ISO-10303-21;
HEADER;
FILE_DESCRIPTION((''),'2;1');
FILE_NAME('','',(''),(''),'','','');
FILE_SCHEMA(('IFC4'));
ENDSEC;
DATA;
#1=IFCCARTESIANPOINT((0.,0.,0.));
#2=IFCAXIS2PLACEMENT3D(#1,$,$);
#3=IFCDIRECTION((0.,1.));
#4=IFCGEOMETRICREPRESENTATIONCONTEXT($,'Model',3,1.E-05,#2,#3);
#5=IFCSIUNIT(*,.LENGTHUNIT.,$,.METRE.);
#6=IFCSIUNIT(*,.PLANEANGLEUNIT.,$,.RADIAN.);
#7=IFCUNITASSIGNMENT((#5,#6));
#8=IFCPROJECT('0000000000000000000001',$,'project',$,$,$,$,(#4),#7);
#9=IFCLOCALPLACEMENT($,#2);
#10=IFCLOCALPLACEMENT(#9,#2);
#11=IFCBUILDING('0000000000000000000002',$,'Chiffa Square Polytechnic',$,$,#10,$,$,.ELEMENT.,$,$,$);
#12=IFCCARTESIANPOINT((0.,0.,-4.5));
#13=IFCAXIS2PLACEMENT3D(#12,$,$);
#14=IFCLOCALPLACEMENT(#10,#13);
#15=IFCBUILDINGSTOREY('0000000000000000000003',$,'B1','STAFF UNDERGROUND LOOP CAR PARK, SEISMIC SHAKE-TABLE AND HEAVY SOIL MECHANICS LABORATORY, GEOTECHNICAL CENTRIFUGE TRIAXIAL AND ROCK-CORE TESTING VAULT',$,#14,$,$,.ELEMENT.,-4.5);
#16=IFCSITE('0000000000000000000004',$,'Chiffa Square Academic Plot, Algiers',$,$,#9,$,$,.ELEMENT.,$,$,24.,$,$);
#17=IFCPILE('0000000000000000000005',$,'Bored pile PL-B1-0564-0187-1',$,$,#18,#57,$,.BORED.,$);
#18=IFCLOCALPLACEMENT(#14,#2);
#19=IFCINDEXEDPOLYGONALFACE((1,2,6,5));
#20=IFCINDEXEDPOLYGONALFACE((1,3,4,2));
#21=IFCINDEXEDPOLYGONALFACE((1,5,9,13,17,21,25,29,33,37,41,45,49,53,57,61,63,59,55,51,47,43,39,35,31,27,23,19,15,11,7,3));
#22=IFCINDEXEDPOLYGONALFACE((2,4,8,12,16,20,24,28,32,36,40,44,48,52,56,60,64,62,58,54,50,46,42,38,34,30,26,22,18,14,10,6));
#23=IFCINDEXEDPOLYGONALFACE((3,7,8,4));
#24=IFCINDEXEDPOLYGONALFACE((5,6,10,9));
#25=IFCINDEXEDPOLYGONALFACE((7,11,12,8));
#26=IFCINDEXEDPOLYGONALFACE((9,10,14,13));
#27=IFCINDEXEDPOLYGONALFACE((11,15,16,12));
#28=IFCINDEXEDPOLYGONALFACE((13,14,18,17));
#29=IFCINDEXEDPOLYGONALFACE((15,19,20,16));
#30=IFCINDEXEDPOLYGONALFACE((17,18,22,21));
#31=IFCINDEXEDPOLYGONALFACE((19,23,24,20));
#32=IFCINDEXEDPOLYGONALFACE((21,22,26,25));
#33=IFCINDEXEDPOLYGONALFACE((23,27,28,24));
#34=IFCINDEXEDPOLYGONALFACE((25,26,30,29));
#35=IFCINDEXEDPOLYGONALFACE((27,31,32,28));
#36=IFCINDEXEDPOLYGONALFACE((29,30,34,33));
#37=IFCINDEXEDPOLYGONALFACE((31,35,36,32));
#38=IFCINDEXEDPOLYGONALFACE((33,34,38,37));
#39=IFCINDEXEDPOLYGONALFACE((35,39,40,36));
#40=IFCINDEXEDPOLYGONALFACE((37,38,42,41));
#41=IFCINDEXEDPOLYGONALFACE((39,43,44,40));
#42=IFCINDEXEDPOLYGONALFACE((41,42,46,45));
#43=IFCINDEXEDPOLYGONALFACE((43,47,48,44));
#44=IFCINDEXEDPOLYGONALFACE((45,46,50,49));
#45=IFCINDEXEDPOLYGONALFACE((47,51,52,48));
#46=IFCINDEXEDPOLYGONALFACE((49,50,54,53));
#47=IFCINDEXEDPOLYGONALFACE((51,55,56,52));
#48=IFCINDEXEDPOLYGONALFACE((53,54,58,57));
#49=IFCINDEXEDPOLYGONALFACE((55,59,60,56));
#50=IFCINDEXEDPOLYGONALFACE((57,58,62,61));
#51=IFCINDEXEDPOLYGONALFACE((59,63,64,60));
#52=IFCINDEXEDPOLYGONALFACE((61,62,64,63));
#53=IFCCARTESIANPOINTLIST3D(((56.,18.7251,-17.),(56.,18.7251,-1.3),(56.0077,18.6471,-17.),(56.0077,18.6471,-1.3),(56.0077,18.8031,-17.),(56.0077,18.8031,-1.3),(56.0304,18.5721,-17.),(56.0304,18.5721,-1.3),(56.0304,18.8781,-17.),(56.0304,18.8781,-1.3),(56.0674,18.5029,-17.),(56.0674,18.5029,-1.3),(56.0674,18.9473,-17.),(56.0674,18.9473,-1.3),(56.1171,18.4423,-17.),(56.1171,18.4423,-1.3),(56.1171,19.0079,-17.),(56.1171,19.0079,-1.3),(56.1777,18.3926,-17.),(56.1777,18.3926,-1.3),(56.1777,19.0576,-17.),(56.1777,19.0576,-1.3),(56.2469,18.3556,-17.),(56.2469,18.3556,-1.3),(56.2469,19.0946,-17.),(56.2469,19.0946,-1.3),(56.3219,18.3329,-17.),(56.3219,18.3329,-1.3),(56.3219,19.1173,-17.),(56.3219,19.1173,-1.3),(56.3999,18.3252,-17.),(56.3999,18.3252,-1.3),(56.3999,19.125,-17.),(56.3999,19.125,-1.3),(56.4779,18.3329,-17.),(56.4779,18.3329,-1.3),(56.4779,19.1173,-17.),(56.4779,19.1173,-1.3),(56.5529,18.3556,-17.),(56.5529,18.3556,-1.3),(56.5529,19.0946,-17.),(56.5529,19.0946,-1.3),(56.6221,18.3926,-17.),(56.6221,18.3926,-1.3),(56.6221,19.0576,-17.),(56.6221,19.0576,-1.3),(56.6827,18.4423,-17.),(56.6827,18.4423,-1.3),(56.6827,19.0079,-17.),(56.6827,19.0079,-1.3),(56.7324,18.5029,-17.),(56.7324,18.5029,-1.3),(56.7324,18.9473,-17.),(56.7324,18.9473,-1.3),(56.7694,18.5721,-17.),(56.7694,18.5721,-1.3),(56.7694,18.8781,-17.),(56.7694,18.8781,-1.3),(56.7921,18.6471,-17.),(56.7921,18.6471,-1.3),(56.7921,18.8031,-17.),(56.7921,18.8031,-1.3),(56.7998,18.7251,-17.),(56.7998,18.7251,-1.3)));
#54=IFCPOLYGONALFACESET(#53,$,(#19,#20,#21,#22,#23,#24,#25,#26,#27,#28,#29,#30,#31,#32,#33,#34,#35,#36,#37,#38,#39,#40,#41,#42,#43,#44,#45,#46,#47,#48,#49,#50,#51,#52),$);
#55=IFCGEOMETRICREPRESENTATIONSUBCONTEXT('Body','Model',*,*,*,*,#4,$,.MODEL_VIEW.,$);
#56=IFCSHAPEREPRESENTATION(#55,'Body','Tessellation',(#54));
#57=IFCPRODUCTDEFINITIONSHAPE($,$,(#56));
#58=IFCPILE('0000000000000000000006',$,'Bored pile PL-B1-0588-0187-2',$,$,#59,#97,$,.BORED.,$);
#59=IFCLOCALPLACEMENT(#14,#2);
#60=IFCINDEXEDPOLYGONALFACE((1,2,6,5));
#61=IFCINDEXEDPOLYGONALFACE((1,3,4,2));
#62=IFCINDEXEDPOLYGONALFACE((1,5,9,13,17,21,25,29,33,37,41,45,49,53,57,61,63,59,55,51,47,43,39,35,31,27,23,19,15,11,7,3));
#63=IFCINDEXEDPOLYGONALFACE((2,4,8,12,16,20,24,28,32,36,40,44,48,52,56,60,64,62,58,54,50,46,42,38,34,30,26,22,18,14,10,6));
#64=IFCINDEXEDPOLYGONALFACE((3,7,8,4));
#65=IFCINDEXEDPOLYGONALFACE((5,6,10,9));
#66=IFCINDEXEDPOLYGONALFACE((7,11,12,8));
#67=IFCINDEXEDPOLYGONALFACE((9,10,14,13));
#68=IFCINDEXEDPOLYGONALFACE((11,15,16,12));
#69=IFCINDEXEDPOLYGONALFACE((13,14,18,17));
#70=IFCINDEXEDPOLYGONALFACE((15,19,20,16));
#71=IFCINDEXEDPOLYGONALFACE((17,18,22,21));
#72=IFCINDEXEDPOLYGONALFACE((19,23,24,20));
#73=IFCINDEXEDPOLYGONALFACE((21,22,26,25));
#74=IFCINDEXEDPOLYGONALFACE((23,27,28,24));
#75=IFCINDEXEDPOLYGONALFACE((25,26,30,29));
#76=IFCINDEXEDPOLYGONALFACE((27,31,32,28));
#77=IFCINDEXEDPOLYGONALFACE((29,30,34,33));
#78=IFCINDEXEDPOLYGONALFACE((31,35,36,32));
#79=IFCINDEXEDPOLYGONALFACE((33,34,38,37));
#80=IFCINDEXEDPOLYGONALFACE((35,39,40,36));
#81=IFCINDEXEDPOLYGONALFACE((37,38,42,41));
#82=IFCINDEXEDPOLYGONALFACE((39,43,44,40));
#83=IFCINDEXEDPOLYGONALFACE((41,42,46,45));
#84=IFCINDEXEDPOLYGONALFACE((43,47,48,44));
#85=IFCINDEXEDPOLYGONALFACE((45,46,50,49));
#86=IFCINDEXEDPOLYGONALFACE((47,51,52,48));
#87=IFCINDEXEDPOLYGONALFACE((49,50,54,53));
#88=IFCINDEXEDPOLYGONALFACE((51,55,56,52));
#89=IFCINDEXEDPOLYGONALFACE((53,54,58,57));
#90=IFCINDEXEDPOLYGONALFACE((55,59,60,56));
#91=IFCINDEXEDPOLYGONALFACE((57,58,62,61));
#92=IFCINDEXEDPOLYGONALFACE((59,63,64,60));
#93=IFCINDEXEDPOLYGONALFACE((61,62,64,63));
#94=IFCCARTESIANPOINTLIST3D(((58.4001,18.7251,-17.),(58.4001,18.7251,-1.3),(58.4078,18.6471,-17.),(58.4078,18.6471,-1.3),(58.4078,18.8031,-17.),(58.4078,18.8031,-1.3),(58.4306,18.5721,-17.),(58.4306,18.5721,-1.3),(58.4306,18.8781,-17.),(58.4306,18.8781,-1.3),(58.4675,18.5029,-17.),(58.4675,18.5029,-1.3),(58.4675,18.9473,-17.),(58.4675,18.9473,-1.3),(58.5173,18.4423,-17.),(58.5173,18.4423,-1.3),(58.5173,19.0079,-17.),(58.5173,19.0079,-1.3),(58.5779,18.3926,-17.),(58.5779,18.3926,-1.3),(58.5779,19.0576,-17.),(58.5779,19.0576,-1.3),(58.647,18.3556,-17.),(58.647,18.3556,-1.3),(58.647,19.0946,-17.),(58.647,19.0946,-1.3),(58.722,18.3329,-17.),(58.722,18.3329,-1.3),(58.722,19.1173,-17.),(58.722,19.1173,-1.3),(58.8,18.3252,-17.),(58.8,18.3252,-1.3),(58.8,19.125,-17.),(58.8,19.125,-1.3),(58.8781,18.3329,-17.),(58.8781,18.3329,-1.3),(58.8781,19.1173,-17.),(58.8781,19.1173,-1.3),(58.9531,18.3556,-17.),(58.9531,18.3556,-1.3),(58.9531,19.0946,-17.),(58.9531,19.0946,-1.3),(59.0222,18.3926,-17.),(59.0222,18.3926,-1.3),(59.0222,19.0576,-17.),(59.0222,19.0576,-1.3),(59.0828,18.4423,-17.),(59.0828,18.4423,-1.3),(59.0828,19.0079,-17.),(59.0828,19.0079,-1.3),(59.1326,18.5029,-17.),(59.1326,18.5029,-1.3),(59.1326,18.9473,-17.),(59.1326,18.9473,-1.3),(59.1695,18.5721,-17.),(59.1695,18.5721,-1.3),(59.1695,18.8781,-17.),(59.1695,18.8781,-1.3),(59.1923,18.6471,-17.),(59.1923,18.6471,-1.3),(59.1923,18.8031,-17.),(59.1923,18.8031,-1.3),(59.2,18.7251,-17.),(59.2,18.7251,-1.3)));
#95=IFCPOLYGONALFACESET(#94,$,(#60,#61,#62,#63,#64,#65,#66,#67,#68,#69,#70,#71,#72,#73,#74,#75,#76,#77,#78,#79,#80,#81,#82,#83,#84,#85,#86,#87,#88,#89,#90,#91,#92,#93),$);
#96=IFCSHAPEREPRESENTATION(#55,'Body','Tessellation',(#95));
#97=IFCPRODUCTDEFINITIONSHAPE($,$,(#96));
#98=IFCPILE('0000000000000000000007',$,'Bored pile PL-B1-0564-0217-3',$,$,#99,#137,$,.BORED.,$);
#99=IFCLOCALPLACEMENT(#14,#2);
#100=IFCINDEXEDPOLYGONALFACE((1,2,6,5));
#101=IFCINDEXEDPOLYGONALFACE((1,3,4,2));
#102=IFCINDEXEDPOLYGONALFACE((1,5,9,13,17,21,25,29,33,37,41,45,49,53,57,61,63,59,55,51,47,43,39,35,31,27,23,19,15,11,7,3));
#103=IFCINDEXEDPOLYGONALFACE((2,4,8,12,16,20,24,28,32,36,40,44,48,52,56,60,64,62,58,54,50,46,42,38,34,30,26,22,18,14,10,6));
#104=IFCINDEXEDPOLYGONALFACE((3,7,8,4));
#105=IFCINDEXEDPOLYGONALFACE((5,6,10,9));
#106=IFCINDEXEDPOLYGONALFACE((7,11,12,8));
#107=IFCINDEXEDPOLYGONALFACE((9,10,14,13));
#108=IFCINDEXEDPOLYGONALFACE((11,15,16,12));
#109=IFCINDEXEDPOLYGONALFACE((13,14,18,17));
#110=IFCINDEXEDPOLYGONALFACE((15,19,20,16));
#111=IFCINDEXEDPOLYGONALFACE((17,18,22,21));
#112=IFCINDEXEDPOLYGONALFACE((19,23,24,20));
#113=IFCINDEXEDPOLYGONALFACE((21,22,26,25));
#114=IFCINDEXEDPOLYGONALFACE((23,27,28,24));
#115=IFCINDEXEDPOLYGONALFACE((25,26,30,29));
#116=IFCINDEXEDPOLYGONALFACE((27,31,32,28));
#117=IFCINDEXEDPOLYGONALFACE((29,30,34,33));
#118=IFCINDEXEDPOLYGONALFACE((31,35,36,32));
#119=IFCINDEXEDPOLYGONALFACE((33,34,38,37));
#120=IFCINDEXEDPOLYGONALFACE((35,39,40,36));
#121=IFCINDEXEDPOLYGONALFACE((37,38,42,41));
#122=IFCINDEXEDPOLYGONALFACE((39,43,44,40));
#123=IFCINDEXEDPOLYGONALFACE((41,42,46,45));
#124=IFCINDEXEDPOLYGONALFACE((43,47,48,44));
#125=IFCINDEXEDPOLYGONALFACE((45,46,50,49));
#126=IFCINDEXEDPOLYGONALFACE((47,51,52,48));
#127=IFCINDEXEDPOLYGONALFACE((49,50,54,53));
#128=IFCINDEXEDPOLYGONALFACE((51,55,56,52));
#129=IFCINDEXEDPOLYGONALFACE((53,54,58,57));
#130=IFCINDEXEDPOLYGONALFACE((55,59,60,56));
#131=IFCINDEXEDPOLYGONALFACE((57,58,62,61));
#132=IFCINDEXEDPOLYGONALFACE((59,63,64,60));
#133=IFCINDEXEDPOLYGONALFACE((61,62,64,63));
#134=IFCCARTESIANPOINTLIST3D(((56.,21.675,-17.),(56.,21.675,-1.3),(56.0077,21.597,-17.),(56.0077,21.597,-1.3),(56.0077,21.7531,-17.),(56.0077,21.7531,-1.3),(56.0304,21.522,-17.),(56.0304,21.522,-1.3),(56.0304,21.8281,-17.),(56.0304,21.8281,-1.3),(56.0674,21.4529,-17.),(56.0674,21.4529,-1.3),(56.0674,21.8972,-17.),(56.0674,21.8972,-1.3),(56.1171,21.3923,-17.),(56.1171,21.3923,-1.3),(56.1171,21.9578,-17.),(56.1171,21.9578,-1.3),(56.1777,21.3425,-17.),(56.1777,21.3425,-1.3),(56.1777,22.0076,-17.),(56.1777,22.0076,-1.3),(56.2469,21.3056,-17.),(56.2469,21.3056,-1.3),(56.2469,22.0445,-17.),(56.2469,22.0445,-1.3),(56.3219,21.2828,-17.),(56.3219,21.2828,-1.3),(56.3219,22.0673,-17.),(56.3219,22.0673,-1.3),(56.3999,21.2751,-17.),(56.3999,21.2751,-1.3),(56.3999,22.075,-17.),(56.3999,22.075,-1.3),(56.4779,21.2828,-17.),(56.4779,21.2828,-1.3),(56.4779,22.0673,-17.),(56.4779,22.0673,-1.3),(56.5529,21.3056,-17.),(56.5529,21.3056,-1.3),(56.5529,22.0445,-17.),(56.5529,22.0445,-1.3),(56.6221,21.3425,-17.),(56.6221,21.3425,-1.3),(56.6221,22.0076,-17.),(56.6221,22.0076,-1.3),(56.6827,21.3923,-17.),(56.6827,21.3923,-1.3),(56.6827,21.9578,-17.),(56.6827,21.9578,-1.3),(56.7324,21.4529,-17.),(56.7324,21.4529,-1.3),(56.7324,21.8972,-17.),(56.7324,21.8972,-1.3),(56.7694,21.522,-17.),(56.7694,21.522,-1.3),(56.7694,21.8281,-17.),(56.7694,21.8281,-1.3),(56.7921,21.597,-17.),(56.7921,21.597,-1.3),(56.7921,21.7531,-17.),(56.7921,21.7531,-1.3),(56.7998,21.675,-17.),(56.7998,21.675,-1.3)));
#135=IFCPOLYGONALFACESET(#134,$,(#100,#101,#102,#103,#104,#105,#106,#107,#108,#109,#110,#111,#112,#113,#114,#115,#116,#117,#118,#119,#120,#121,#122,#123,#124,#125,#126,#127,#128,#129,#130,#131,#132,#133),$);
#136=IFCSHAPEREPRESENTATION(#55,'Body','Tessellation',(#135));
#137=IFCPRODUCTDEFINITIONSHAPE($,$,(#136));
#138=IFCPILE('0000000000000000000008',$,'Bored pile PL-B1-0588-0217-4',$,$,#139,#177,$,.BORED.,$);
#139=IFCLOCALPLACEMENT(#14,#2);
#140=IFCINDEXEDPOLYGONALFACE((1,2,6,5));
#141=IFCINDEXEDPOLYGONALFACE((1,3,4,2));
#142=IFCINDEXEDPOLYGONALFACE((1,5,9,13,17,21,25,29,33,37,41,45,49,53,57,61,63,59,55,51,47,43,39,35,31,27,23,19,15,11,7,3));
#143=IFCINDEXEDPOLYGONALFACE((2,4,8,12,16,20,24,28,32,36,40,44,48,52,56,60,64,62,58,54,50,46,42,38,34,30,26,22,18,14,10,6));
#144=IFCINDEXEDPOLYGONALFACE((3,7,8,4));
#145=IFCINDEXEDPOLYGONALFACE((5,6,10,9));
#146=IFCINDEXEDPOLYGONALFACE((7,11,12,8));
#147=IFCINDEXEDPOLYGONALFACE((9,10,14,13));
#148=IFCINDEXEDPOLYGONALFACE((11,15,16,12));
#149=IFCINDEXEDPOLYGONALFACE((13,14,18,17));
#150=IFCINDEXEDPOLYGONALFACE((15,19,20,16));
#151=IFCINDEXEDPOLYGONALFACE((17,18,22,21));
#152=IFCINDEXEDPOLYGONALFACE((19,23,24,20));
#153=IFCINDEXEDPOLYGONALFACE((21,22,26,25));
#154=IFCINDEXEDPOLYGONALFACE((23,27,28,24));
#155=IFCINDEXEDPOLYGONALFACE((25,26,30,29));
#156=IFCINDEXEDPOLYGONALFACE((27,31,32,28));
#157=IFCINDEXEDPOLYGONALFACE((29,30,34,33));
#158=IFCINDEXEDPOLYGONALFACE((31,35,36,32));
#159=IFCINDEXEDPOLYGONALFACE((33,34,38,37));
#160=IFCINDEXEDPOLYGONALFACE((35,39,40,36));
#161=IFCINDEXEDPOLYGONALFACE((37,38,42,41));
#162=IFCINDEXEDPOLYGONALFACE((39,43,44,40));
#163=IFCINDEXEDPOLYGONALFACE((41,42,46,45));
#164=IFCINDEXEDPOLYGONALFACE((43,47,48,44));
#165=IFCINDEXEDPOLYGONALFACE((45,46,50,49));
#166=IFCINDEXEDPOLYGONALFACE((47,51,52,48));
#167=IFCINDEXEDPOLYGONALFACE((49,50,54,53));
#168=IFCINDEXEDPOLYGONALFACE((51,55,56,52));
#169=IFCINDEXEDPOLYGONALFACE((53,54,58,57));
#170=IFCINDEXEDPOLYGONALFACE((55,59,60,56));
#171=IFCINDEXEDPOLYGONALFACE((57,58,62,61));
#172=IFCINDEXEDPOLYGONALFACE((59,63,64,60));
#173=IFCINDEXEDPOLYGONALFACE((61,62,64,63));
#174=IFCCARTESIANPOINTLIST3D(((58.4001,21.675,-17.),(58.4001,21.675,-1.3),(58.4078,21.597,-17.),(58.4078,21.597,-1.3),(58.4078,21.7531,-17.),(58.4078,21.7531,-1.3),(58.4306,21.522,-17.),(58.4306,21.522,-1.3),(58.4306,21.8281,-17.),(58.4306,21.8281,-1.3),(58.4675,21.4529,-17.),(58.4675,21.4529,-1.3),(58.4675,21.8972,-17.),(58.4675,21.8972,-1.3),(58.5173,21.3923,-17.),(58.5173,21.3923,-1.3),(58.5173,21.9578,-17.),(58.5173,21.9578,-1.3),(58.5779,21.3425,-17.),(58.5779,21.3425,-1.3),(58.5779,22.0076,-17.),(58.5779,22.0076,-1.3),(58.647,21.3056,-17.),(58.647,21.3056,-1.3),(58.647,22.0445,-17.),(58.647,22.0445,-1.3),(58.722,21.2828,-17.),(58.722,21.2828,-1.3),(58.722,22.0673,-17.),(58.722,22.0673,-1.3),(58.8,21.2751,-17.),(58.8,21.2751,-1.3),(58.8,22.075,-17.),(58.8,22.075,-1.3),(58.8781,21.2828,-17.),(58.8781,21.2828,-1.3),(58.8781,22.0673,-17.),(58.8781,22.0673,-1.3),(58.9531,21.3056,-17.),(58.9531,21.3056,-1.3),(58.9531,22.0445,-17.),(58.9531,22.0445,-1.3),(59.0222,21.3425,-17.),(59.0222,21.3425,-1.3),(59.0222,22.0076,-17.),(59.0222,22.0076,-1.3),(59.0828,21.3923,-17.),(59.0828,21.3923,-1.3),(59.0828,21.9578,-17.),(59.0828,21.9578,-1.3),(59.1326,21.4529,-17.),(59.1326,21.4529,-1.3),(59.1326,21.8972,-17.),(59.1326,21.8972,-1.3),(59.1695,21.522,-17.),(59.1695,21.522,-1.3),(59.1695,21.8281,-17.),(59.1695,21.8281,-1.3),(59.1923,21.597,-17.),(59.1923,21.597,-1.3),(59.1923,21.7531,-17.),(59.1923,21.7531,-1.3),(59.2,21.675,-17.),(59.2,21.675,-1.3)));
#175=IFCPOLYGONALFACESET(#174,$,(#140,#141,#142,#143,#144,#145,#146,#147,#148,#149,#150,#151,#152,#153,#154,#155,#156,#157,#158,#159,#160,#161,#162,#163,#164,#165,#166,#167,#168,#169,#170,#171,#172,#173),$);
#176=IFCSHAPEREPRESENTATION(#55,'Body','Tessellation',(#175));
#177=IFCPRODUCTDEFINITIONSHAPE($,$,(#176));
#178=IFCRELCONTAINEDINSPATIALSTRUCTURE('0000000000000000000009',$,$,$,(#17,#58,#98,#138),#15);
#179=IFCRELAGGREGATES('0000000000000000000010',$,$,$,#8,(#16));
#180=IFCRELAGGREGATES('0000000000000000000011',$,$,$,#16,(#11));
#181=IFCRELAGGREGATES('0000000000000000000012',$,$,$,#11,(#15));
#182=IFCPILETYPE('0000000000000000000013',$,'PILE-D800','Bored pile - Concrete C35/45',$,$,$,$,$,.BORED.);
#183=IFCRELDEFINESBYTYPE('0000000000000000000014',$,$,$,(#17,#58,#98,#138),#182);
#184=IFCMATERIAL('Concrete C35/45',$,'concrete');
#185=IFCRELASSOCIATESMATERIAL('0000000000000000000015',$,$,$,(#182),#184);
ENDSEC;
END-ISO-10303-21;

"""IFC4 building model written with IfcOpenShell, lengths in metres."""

from ifc_helpers import new_model, si_unit, direction, frame, origin, origin_2d, place, context, subcontext, project, spatial, circle, extrude, material, material_profile, profile_set, type_object, element, save


model = new_model("IFC4")

# Units and contexts
model_context = context("Model", 3, precision=1e-05, world=origin(), true_north=direction((0.0, 1.0)))
body_context = subcontext(model_context, "Body", "Model", "MODEL_VIEW")
ifc_project = project(units=[si_unit("LENGTHUNIT", "METRE"), si_unit("PLANEANGLEUNIT", "RADIAN")], contexts=[model_context])

# Site, building, storey
site_placement = place(None, origin())
site = spatial("IfcSite", under=ifc_project, at=site_placement, Name="Chiffa Square Academic Plot, Algiers", CompositionType="ELEMENT", RefElevation=24.0)
building_placement = place(site_placement, origin())
building = spatial("IfcBuilding", under=site, at=building_placement, Name="Chiffa Square Polytechnic", CompositionType="ELEMENT")
storey_placement = place(building_placement, frame((0.0, 0.0, -4.5)))
storey = spatial("IfcBuildingStorey", under=building, at=storey_placement, Name="B1", Description="STAFF UNDERGROUND LOOP CAR PARK, SEISMIC SHAKE-TABLE AND HEAVY SOIL MECHANICS LABORATORY, GEOTECHNICAL CENTRIFUGE TRIAXIAL AND ROCK-CORE TESTING VAULT", CompositionType="ELEMENT", Elevation=-4.5)

# Shared definitions
ifc_material_1 = material(Name="Concrete C35/45", Category="concrete")

# Piles
ifc_material_profile_1 = material_profile(ifc_material_1, circle(Radius=0.3999, at=origin_2d()), Name="PILE D800")
ifc_profile_set_1 = profile_set([ifc_material_profile_1], Name="Concrete C35/45")
pile_type_1 = type_object("IfcPileType", Name="PILE-D800", Description="Bored pile - Concrete C35/45", PredefinedType="BORED", material=ifc_profile_set_1)
for number, where, z_axis, x_axis, name in (
    (1, (56.3999, 18.7251, -1.3), (0.0, 0.0, -1.0), (1.0, 0.0, 0.0), "Bored pile PL-B1-0564-0187-1"),
    (2, (58.8, 18.7251, -1.3), (0.0, 0.0, -1.0), (1.0, 0.0, 0.0), "Bored pile PL-B1-0588-0187-2"),
    (3, (56.3999, 21.675, -1.3), (0.0, 0.0, -1.0), (1.0, 0.0, 0.0), "Bored pile PL-B1-0564-0217-3"),
    (4, (58.8, 21.675, -1.3), (0.0, 0.0, -1.0), (1.0, 0.0, 0.0), "Bored pile PL-B1-0588-0217-4"),
):
    element("IfcPile", number, at=place(storey_placement, frame(where, z_axis=z_axis, x_axis=x_axis)), inside=storey, type_object=pile_type_1, Name=name, PredefinedType="BORED", context=body_context, shape_type="SweptSolid", body=[
        extrude(circle(Radius=0.3999, at=origin_2d()), origin(), (0.0, 0.0, 1.0), 15.7),
    ])

save(model, "model.ifc")
